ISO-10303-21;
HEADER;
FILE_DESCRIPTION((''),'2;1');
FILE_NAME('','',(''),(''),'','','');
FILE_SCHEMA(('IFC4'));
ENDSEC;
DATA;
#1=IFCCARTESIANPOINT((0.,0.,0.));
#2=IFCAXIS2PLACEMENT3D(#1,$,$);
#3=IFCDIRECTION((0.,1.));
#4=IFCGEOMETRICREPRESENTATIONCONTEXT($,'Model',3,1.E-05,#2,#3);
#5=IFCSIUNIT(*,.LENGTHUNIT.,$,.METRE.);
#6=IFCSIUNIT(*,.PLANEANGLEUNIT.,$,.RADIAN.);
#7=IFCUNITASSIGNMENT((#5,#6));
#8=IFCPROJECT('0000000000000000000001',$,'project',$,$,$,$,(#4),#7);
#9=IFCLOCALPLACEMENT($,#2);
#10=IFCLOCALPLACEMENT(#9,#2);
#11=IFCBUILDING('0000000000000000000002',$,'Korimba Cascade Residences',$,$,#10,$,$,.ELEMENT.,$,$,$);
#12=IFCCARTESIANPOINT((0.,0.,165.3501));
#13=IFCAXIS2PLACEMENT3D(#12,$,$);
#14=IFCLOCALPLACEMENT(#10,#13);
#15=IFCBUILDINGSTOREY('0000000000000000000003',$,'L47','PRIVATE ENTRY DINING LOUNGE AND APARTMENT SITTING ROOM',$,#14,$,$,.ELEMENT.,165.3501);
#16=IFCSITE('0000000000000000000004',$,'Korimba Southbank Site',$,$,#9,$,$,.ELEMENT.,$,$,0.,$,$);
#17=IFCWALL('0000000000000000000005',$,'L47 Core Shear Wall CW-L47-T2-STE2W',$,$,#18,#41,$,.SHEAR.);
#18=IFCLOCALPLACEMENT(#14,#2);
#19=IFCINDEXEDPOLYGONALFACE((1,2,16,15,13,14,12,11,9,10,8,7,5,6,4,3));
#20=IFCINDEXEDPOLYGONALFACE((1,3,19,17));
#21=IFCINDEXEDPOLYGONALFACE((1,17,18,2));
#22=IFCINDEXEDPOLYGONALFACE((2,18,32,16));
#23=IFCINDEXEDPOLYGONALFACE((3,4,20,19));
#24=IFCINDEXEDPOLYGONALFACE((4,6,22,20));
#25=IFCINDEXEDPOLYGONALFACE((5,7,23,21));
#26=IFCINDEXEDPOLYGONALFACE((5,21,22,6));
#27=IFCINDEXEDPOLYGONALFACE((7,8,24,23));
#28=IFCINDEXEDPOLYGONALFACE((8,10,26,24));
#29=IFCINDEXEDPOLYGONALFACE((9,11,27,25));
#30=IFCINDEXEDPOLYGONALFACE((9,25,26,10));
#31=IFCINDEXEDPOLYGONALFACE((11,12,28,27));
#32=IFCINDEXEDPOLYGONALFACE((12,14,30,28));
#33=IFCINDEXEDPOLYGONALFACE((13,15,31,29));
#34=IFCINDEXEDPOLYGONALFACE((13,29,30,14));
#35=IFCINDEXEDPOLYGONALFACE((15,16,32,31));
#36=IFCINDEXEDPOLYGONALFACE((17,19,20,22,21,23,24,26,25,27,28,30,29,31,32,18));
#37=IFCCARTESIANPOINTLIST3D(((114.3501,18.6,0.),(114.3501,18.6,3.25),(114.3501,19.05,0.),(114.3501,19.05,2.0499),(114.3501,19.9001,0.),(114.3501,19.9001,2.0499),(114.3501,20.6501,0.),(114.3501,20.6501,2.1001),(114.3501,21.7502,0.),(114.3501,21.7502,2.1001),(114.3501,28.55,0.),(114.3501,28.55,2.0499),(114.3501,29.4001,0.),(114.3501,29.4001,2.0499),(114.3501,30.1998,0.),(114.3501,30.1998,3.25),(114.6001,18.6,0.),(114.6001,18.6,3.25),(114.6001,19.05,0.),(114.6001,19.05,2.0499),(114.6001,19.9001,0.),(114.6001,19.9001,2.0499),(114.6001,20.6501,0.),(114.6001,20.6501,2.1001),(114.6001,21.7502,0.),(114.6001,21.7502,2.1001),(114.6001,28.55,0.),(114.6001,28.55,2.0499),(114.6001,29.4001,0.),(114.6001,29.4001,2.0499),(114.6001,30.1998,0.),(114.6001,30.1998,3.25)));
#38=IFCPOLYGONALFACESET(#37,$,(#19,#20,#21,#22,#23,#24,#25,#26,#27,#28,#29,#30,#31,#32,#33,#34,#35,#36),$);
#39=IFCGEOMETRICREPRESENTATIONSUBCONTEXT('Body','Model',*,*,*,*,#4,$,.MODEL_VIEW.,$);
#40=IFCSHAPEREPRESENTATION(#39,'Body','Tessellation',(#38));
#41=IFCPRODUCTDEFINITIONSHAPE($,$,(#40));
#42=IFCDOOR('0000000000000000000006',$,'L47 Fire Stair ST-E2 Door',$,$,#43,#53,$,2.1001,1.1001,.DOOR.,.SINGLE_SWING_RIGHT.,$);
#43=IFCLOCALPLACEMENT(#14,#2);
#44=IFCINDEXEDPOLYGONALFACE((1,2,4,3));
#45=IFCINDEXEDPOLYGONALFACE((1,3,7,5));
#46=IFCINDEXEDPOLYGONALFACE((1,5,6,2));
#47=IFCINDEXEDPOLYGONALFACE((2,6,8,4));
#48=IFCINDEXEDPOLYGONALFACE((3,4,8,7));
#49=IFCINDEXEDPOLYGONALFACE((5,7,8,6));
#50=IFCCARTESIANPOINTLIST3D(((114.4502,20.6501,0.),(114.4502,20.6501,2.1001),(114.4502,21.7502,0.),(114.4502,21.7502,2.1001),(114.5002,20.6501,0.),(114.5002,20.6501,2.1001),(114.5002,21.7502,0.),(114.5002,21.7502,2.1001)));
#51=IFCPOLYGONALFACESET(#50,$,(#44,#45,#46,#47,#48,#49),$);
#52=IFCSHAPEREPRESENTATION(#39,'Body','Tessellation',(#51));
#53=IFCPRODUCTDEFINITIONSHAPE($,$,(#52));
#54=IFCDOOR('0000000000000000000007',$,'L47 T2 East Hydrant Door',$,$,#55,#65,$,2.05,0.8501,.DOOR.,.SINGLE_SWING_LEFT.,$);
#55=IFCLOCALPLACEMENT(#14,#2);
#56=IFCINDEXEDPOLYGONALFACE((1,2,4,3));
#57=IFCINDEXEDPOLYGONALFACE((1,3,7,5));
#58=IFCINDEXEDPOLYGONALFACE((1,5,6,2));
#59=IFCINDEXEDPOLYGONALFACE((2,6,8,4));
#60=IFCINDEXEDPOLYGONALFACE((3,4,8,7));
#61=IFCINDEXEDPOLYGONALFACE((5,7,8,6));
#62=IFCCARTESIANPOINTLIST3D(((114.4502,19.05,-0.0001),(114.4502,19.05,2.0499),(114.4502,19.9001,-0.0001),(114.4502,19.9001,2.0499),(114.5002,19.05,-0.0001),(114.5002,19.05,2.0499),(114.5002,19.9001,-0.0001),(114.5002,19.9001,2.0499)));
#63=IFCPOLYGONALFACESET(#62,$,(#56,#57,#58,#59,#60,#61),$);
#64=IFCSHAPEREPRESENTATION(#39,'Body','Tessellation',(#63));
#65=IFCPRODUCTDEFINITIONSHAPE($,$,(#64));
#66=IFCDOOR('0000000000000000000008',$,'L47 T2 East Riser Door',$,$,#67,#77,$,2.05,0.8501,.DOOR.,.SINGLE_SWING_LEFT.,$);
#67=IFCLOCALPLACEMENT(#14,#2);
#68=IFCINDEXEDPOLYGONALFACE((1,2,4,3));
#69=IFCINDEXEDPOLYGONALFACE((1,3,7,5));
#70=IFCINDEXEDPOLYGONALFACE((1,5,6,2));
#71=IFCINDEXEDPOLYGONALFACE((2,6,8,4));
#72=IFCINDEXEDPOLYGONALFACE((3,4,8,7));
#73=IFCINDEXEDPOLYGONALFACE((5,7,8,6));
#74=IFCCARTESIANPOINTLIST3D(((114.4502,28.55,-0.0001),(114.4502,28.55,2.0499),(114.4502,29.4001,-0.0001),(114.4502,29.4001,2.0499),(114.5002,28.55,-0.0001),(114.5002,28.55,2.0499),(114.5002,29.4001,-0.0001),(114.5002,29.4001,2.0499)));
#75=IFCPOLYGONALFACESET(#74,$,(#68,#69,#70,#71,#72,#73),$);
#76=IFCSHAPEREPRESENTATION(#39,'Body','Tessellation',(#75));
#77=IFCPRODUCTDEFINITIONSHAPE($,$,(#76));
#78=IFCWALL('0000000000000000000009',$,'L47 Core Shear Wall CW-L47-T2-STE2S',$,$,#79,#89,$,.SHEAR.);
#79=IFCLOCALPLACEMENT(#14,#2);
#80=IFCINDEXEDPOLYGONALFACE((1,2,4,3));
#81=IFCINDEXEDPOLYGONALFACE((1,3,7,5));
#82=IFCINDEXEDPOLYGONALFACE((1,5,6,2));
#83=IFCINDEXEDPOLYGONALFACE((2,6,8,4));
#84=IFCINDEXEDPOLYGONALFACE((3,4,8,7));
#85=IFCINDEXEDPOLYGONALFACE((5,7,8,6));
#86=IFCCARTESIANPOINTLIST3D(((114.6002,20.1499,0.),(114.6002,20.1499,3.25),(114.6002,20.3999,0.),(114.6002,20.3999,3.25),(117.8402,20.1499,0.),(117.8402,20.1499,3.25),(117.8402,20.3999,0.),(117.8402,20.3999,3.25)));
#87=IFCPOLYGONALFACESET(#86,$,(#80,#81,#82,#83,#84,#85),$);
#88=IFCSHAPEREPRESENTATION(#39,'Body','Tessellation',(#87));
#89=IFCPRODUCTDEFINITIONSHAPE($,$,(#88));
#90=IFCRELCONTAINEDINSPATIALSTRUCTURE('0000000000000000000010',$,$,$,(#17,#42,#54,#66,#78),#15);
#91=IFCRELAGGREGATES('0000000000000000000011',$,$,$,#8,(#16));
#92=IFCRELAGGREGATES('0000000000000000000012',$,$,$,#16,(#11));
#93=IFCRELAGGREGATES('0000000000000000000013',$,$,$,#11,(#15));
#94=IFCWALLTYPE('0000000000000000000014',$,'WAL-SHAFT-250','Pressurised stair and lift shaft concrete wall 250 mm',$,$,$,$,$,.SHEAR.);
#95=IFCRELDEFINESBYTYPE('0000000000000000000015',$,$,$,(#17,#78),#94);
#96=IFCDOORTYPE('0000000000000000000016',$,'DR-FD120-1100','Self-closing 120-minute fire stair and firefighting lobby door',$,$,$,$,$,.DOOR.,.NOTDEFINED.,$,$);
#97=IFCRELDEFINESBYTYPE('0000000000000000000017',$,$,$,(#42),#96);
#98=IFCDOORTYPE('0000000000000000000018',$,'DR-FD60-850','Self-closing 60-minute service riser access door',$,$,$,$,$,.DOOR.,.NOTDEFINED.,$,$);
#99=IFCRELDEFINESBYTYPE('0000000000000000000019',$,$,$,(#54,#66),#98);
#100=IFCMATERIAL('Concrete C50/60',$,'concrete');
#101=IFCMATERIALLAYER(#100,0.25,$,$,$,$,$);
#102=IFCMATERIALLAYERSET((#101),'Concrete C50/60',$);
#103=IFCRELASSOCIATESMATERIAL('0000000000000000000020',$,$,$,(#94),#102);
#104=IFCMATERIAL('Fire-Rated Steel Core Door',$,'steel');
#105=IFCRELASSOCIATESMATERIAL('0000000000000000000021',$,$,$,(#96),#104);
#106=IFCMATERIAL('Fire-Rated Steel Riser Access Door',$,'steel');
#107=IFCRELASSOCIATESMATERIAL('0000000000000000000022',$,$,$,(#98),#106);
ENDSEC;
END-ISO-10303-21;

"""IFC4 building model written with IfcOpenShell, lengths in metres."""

from ifc_helpers import new_model, si_unit, direction, frame, frame_2d, origin, place, context, subcontext, project, spatial, rectangle, extrude, material, layer, layer_set, type_object, element, fill, save


model = new_model("IFC4")

# Units and contexts
model_context = context("Model", 3, precision=1e-05, world=origin(), true_north=direction((0.0, 1.0)))
body_context = subcontext(model_context, "Body", "Model", "MODEL_VIEW")
ifc_project = project(units=[si_unit("LENGTHUNIT", "METRE"), si_unit("PLANEANGLEUNIT", "RADIAN")], contexts=[model_context])

# Site, building, storey
site_placement = place(None, origin())
site = spatial("IfcSite", under=ifc_project, at=site_placement, Name="Korimba Southbank Site", CompositionType="ELEMENT", RefElevation=0.0)
building_placement = place(site_placement, origin())
building = spatial("IfcBuilding", under=site, at=building_placement, Name="Korimba Cascade Residences", CompositionType="ELEMENT")
storey_placement = place(building_placement, frame((0.0, 0.0, 165.3501)))
storey = spatial("IfcBuildingStorey", under=building, at=storey_placement, Name="L47", Description="PRIVATE ENTRY DINING LOUNGE AND APARTMENT SITTING ROOM", CompositionType="ELEMENT", Elevation=165.3501)

# Shared definitions
ifc_material_1 = material(Name="Concrete C50/60", Category="concrete")

# Wall, openings, doors
ifc_layer_1 = layer(ifc_material_1, 0.25)
ifc_layer_set_1 = layer_set([ifc_layer_1], Name="Concrete C50/60")
wall_type_1 = type_object("IfcWallType", Name="WAL-SHAFT-250", Description="Pressurised stair and lift shaft concrete wall 250 mm", PredefinedType="SHEAR", material=ifc_layer_set_1)
wall_1_placement = place(storey_placement, frame((114.4751, 18.6001, 0.0), z_axis=(0.0, 0.0, 1.0), x_axis=(0.0, 1.0, 0.0)))
wall_1 = element("IfcWall", 1, at=wall_1_placement, inside=storey, type_object=wall_type_1, Name="L47 Core Shear Wall CW-L47-T2-STE2W", PredefinedType="SHEAR", context=body_context, shape_type="SweptSolid", body=[
    extrude(rectangle(XDim=11.5999, YDim=0.25, at=frame_2d((5.7998, 0.0))), origin(), (0.0, 0.0, 1.0), 3.25),
])
opening_1_placement = place(wall_1_placement, frame((0.45, 0.0, 0.0)))
opening_1 = element("IfcOpeningElement", 2, at=opening_1_placement, cuts=wall_1, PredefinedType="OPENING", context=body_context, shape_type="SweptSolid", body=[
    extrude(rectangle(XDim=0.8501, YDim=2.05, at=frame_2d((0.425, 1.0249))), frame((0.0, 0.135, 0.0), z_axis=(0.0, -1.0, 0.0), x_axis=(1.0, 0.0, 0.0)), (0.0, 0.0, 1.0), 0.27),
])
opening_2_placement = place(wall_1_placement, frame((2.05, 0.0, 0.0)))
opening_2 = element("IfcOpeningElement", 3, at=opening_2_placement, cuts=wall_1, PredefinedType="OPENING", context=body_context, shape_type="SweptSolid", body=[
    extrude(rectangle(XDim=1.1001, YDim=2.1001, at=frame_2d((0.55, 1.05))), frame((0.0, 0.135, 0.0), z_axis=(0.0, -1.0, 0.0), x_axis=(1.0, 0.0, 0.0)), (0.0, 0.0, 1.0), 0.27),
])
opening_3_placement = place(wall_1_placement, frame((9.95, 0.0, 0.0)))
opening_3 = element("IfcOpeningElement", 4, at=opening_3_placement, cuts=wall_1, PredefinedType="OPENING", context=body_context, shape_type="SweptSolid", body=[
    extrude(rectangle(XDim=0.8501, YDim=2.05, at=frame_2d((0.425, 1.0249))), frame((0.0, 0.135, 0.0), z_axis=(0.0, -1.0, 0.0), x_axis=(1.0, 0.0, 0.0)), (0.0, 0.0, 1.0), 0.27),
])
ifc_material_2 = material(Name="Fire-Rated Steel Core Door", Category="steel")
door_type_1 = type_object("IfcDoorType", Name="DR-FD120-1100", Description="Self-closing 120-minute fire stair and firefighting lobby door", OperationType="NOTDEFINED", PredefinedType="DOOR", material=ifc_material_2)
door_1_placement = place(opening_2_placement, origin())
door_1 = element("IfcDoor", 5, at=door_1_placement, inside=storey, type_object=door_type_1, Name="L47 Fire Stair ST-E2 Door", OperationType="SINGLE_SWING_RIGHT", OverallHeight=2.1001, OverallWidth=1.1001, PredefinedType="DOOR", context=body_context, shape_type="SweptSolid", body=[
    extrude(rectangle(XDim=1.1001, YDim=2.1001, at=frame_2d((0.55, 1.05))), frame((0.0, 0.0249, 0.0), z_axis=(0.0, -1.0, 0.0), x_axis=(1.0, 0.0, 0.0)), (0.0, 0.0, 1.0), 0.05),
])
fill(opening_2, door_1)
ifc_material_3 = material(Name="Fire-Rated Steel Riser Access Door", Category="steel")
door_type_2 = type_object("IfcDoorType", Name="DR-FD60-850", Description="Self-closing 60-minute service riser access door", OperationType="NOTDEFINED", PredefinedType="DOOR", material=ifc_material_3)
door_2_placement = place(opening_1_placement, origin())
door_2 = element("IfcDoor", 6, at=door_2_placement, inside=storey, type_object=door_type_2, Name="L47 T2 East Hydrant Door", OperationType="SINGLE_SWING_LEFT", OverallHeight=2.05, OverallWidth=0.8501, PredefinedType="DOOR", context=body_context, shape_type="SweptSolid", body=[
    extrude(rectangle(XDim=0.8501, YDim=2.05, at=frame_2d((0.425, 1.0249))), frame((0.0, 0.0249, 0.0), z_axis=(0.0, -1.0, 0.0), x_axis=(1.0, 0.0, 0.0)), (0.0, 0.0, 1.0), 0.05),
])
fill(opening_1, door_2)
door_3_placement = place(opening_3_placement, origin())
door_3 = element("IfcDoor", 7, at=door_3_placement, inside=storey, type_object=door_type_2, Name="L47 T2 East Riser Door", OperationType="SINGLE_SWING_LEFT", OverallHeight=2.05, OverallWidth=0.8501, PredefinedType="DOOR", context=body_context, shape_type="SweptSolid", body=[
    extrude(rectangle(XDim=0.8501, YDim=2.05, at=frame_2d((0.425, 1.0249))), frame((0.0, 0.0249, 0.0), z_axis=(0.0, -1.0, 0.0), x_axis=(1.0, 0.0, 0.0)), (0.0, 0.0, 1.0), 0.05),
])
fill(opening_3, door_3)

# Wall
wall_2_placement = place(storey_placement, frame((114.6001, 20.2749, 0.0), z_axis=(0.0, 0.0, 1.0), x_axis=(1.0, 0.0, 0.0)))
element("IfcWall", 8, at=wall_2_placement, inside=storey, type_object=wall_type_1, Name="L47 Core Shear Wall CW-L47-T2-STE2S", PredefinedType="SHEAR", context=body_context, shape_type="SweptSolid", body=[
    extrude(rectangle(XDim=3.24, YDim=0.25, at=frame_2d((1.6201, 0.0))), origin(), (0.0, 0.0, 1.0), 3.25),
])

save(model, "model.ifc")
